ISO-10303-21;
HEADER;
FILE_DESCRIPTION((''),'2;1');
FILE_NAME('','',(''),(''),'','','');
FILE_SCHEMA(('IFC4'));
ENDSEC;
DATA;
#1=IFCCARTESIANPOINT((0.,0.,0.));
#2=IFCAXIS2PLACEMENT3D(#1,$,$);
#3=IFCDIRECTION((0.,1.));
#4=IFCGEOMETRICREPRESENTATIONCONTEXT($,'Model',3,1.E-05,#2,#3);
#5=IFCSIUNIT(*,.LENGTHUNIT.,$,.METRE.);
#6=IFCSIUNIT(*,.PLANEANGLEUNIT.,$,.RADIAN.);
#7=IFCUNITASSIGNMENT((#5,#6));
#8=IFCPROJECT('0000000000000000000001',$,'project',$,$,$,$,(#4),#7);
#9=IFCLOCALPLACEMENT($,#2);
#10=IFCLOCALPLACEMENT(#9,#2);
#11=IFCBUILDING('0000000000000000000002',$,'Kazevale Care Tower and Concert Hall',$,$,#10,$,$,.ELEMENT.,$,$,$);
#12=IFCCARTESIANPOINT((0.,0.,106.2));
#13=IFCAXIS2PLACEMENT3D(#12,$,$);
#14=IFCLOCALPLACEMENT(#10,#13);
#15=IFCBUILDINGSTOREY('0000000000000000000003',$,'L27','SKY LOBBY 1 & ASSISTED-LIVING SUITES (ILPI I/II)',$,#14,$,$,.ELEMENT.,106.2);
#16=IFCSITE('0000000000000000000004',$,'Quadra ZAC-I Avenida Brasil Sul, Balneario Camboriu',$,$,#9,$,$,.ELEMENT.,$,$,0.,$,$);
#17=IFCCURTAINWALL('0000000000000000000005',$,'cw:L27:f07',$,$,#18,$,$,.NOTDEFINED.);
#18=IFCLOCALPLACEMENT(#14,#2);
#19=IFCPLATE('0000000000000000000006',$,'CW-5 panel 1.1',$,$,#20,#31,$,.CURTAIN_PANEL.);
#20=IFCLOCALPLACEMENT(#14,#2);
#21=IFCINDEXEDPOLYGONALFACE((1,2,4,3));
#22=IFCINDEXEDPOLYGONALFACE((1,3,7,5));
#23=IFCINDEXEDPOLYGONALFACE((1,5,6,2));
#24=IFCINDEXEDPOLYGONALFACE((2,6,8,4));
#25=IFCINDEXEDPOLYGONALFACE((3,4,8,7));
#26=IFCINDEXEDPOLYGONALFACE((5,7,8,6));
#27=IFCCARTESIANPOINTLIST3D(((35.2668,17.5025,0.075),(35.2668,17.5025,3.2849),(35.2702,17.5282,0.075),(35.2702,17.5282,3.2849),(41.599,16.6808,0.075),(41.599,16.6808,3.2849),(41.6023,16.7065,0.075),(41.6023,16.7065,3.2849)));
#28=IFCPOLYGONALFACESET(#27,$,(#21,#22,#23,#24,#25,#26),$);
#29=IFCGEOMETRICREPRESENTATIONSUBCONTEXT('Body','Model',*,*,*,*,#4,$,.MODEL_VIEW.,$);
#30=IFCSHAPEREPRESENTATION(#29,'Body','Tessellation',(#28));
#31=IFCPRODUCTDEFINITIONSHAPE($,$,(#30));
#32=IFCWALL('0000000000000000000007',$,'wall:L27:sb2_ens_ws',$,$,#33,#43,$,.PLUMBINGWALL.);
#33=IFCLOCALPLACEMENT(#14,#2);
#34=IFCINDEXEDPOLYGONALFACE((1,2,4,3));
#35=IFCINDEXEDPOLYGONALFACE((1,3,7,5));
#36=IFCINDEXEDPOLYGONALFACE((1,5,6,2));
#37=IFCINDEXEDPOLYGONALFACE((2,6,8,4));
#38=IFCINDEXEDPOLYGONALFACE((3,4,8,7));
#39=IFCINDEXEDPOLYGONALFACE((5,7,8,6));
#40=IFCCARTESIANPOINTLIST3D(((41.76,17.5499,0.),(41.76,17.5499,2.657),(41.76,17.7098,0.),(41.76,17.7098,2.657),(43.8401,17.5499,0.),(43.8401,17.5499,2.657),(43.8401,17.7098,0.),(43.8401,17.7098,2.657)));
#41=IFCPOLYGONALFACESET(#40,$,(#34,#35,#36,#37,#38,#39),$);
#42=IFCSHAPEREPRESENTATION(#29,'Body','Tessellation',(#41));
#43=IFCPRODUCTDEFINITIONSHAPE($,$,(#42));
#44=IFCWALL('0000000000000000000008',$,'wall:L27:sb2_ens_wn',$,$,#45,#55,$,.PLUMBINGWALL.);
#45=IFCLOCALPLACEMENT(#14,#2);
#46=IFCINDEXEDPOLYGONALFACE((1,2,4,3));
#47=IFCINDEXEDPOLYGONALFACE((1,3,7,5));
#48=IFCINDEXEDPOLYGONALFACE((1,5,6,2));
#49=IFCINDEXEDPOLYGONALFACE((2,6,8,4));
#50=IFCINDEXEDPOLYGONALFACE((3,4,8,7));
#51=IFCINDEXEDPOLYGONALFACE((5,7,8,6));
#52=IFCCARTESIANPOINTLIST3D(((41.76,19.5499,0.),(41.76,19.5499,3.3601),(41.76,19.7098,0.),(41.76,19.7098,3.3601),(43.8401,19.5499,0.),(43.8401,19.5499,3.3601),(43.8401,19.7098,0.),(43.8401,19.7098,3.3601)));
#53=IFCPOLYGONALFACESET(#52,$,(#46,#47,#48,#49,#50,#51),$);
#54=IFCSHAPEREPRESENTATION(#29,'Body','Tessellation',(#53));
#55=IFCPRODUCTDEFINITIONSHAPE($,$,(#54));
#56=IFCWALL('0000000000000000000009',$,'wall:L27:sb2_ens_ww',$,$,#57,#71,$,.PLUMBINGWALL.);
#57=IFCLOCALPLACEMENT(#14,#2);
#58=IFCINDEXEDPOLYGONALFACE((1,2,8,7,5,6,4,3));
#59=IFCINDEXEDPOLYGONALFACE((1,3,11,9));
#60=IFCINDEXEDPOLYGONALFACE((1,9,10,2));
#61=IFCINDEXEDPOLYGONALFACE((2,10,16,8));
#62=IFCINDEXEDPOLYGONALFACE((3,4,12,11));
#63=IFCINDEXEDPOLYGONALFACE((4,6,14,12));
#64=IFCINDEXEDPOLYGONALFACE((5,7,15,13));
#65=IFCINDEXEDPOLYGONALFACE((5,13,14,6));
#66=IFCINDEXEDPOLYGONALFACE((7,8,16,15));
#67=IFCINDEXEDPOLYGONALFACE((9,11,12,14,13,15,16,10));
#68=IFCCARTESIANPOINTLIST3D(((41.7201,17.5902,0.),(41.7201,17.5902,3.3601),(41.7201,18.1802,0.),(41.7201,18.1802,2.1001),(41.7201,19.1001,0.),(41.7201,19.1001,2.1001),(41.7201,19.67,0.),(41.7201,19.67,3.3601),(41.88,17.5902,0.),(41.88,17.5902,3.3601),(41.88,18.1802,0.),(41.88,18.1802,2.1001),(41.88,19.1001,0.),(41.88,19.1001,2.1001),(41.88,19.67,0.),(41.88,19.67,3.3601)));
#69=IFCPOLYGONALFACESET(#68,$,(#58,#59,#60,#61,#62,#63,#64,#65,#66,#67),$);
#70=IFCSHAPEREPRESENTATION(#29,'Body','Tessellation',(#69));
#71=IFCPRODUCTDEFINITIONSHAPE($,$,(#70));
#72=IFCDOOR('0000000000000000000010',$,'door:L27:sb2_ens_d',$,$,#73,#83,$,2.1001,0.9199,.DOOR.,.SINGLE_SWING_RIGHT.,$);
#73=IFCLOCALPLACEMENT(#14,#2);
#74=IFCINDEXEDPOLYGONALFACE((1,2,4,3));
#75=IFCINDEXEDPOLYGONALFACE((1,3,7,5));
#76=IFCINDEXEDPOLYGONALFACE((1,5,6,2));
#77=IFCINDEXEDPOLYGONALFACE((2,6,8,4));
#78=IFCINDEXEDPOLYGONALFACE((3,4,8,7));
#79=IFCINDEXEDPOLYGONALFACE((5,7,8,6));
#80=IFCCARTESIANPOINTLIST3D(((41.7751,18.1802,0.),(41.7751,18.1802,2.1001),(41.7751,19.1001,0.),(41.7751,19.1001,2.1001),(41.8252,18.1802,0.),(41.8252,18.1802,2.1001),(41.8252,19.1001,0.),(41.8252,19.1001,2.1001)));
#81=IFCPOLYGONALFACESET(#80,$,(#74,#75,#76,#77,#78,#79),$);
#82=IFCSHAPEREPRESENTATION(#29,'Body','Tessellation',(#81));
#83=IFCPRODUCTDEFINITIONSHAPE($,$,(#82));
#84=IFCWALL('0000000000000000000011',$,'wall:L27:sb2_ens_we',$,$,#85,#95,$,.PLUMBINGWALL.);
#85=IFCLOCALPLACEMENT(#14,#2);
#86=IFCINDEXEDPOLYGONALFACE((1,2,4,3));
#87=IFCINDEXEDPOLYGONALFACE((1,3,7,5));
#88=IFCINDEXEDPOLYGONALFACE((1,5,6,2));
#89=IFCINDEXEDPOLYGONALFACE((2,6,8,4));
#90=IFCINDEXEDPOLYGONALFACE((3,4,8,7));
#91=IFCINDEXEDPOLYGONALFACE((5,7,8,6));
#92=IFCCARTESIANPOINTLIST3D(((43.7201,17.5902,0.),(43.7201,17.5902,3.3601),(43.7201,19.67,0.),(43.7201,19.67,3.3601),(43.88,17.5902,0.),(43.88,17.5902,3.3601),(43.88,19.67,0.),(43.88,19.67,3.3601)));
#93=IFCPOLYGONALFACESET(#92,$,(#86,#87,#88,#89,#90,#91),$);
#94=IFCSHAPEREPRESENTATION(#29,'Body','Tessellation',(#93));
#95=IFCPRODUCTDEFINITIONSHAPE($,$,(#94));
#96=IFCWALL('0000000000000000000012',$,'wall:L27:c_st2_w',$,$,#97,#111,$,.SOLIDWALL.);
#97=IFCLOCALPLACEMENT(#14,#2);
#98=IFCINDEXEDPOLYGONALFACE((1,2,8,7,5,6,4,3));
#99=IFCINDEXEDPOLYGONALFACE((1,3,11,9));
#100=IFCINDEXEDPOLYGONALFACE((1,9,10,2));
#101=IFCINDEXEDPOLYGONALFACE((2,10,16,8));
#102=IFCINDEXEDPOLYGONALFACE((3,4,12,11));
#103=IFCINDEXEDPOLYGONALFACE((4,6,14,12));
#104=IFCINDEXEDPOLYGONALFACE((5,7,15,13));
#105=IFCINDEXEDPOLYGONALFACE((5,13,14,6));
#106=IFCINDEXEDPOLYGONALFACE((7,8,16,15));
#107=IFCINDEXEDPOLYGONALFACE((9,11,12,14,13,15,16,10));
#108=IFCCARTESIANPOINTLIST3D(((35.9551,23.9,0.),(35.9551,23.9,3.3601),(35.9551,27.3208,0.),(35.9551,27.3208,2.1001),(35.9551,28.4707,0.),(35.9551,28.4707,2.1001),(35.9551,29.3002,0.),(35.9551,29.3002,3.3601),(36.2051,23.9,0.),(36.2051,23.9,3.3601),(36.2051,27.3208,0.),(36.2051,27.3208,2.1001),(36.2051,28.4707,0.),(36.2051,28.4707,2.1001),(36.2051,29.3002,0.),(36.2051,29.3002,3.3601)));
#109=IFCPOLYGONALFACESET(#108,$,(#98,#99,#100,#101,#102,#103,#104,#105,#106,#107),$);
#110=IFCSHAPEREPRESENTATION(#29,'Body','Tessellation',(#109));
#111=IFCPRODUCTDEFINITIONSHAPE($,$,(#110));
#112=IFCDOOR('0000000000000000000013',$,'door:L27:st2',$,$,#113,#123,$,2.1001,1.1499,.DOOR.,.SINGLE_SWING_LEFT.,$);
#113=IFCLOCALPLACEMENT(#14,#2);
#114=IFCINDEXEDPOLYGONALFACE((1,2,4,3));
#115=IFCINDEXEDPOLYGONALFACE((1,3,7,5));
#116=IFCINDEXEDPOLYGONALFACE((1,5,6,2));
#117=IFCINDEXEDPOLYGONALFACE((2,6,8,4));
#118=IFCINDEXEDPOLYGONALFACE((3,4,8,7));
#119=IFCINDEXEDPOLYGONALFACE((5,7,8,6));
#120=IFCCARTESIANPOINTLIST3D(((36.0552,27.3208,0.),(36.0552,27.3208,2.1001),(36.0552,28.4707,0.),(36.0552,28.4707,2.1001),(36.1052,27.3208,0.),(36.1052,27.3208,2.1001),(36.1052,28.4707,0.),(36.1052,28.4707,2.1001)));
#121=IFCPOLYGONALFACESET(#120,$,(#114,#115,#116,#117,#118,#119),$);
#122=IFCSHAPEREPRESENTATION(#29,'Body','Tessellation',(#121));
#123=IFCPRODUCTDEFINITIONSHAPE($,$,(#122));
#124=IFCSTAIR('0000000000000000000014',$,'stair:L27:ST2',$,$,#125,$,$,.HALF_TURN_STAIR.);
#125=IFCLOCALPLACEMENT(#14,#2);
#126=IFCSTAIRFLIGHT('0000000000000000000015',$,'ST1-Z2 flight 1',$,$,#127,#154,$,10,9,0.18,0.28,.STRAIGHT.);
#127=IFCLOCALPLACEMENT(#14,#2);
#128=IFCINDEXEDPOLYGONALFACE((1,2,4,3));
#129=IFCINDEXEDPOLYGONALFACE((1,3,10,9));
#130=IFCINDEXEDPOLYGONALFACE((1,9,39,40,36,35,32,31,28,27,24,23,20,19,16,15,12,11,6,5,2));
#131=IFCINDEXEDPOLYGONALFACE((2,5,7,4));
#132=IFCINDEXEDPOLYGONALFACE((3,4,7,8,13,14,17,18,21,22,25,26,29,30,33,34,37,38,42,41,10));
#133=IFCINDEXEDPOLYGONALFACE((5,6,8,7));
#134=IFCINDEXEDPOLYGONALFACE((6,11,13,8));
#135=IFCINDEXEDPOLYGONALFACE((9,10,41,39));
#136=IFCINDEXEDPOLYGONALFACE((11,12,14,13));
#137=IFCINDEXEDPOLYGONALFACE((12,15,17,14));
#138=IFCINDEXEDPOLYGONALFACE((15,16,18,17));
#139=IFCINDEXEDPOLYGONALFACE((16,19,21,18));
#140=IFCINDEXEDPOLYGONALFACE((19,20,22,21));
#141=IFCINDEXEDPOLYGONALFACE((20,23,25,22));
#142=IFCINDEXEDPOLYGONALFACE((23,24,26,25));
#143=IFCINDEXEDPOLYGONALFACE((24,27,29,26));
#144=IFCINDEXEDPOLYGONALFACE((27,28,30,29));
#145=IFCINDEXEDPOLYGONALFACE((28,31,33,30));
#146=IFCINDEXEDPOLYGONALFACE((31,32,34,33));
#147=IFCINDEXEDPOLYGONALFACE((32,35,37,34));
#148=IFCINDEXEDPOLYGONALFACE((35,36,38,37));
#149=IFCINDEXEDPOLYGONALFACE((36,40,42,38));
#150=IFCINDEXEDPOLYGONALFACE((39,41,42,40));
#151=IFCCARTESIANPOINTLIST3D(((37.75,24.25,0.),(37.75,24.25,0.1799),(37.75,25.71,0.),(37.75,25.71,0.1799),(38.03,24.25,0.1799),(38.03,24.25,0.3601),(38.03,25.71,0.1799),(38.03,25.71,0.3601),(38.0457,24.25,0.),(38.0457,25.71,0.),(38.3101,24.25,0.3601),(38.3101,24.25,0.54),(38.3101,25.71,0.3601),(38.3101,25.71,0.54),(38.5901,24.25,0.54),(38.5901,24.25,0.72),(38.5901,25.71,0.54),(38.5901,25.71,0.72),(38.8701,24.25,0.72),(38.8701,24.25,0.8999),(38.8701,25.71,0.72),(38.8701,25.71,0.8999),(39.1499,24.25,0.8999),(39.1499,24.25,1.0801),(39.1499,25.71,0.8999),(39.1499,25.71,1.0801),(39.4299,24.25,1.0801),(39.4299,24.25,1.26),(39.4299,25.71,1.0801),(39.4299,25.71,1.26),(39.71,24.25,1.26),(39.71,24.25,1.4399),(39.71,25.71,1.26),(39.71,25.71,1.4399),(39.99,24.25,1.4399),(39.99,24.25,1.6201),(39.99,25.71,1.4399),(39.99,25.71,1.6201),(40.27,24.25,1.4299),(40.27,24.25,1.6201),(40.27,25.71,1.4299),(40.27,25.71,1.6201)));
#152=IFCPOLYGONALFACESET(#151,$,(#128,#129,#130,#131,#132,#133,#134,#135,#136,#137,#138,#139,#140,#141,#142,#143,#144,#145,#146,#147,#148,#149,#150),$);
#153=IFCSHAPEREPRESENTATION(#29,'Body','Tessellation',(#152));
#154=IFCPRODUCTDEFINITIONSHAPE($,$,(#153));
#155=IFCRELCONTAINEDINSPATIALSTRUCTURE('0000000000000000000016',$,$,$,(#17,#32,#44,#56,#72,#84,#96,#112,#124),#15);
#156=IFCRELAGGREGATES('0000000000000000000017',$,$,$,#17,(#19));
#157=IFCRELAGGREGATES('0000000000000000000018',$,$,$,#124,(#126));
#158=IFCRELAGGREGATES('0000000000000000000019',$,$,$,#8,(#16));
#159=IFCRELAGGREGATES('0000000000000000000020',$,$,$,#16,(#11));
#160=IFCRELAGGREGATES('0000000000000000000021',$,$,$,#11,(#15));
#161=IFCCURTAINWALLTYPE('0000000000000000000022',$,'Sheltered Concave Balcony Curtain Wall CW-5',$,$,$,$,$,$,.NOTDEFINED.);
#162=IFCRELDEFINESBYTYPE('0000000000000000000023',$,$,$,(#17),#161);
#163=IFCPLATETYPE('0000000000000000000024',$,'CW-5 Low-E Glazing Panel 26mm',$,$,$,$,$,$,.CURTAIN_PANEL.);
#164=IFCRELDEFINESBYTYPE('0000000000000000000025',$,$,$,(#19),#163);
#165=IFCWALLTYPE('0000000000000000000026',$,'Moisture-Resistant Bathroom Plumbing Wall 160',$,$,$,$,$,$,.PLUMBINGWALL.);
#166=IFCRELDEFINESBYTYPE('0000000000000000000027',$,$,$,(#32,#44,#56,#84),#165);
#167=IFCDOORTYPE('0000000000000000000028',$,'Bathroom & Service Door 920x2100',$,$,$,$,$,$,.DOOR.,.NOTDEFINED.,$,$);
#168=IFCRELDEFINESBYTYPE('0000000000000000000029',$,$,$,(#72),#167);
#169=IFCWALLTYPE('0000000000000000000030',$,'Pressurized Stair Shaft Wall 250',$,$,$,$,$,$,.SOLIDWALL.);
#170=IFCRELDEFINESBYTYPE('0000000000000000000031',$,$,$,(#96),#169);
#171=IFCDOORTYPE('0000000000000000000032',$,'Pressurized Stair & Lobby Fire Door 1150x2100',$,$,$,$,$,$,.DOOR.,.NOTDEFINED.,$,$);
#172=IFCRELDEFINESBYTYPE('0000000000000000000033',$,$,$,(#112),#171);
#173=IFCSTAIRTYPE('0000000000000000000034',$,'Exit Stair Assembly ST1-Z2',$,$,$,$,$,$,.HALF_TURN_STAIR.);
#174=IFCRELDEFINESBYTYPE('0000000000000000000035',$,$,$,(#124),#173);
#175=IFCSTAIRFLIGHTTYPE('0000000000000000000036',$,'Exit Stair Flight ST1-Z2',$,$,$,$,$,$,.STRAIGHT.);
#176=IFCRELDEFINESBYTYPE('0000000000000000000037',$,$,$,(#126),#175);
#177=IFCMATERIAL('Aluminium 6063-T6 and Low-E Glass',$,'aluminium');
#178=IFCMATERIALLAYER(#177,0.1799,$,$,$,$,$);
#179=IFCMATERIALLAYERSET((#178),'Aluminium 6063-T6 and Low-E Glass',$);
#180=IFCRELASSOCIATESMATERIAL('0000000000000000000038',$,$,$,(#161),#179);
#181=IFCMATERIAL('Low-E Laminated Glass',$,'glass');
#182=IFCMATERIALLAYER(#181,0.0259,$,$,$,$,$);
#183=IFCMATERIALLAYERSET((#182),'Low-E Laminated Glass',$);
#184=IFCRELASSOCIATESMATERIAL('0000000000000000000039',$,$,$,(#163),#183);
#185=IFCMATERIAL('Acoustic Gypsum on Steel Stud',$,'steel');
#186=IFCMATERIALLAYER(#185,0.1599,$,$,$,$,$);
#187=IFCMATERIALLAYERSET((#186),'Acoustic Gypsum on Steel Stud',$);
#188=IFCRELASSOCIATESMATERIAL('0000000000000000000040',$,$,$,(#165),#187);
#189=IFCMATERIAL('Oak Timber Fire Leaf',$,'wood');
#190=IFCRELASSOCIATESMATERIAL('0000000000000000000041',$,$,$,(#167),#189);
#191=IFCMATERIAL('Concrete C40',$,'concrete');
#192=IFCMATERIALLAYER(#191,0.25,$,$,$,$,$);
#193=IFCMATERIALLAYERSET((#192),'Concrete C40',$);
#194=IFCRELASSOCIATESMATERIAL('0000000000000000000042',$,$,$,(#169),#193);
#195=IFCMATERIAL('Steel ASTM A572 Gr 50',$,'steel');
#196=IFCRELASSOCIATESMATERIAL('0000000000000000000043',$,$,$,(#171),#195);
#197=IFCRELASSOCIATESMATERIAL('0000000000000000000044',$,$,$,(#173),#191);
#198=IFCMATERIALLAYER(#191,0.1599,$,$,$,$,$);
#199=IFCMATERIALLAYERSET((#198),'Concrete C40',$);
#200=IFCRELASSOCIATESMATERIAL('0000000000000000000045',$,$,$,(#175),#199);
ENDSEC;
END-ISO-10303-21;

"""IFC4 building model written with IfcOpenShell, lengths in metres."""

from ifc_helpers import new_model, si_unit, direction, frame, frame_2d, origin, origin_2d, place, context, subcontext, project, spatial, polyline, rectangle, outline, extrude, material, layer, layer_set, type_object, element, fill, aggregate, save


model = new_model("IFC4")

# Units and contexts
model_context = context("Model", 3, precision=1e-05, world=origin(), true_north=direction((0.0, 1.0)))
body_context = subcontext(model_context, "Body", "Model", "MODEL_VIEW")
ifc_project = project(units=[si_unit("LENGTHUNIT", "METRE"), si_unit("PLANEANGLEUNIT", "RADIAN")], contexts=[model_context])

# Site, building, storey
site_placement = place(None, origin())
site = spatial("IfcSite", under=ifc_project, at=site_placement, Name="Quadra ZAC-I Avenida Brasil Sul, Balneario Camboriu", CompositionType="ELEMENT", RefElevation=0.0)
building_placement = place(site_placement, origin())
building = spatial("IfcBuilding", under=site, at=building_placement, Name="Kazevale Care Tower and Concert Hall", CompositionType="ELEMENT")
storey_placement = place(building_placement, frame((0.0, 0.0, 106.2)))
storey = spatial("IfcBuildingStorey", under=building, at=storey_placement, Name="L27", Description="SKY LOBBY 1 & ASSISTED-LIVING SUITES (ILPI I/II)", CompositionType="ELEMENT", Elevation=106.2)

# Shared definitions
ifc_material_1 = material(Name="Aluminium 6063-T6 and Low-E Glass", Category="aluminium")
ifc_layer_1 = layer(ifc_material_1, 0.1799)
ifc_layer_set_1 = layer_set([ifc_layer_1], Name="Aluminium 6063-T6 and Low-E Glass")
curtain_wall_type = type_object("IfcCurtainWallType", Name="Sheltered Concave Balcony Curtain Wall CW-5", PredefinedType="NOTDEFINED", material=ifc_layer_set_1)

# Curtain wall
curtain_wall_1_placement = place(storey_placement, origin())
curtain_wall_1 = element("IfcCurtainWall", 1, at=curtain_wall_1_placement, inside=storey, type_object=curtain_wall_type, Name="cw:L27:f07", PredefinedType="NOTDEFINED")

# Shared definitions
ifc_material_2 = material(Name="Steel ASTM A572 Gr 50", Category="steel")

# Plate
ifc_material_3 = material(Name="Low-E Laminated Glass", Category="glass")
ifc_layer_2 = layer(ifc_material_3, 0.0259)
ifc_layer_set_2 = layer_set([ifc_layer_2], Name="Low-E Laminated Glass")
plate_type = type_object("IfcPlateType", Name="CW-5 Low-E Glazing Panel 26mm", PredefinedType="CURTAIN_PANEL", material=ifc_layer_set_2)
plate_1_placement = place(storey_placement, frame((38.4346, 17.1045, 0.075), z_axis=(0.0, 0.0, 1.0), x_axis=(-0.991686, 0.128685, 0.0)))
plate_1 = element("IfcPlate", 2, at=plate_1_placement, type_object=plate_type, Name="CW-5 panel 1.1", PredefinedType="CURTAIN_PANEL", context=body_context, shape_type="SweptSolid", body=[
    extrude(rectangle(XDim=6.3853, YDim=0.0259, at=origin_2d()), origin(), (0.0, 0.0, 1.0), 3.21),
])
aggregate(curtain_wall_1, [plate_1])

# Shared definitions
ifc_material_4 = material(Name="Oak Timber Fire Leaf", Category="wood")

# Walls
ifc_material_5 = material(Name="Acoustic Gypsum on Steel Stud", Category="steel")
ifc_layer_3 = layer(ifc_material_5, 0.1599)
ifc_layer_set_3 = layer_set([ifc_layer_3], Name="Acoustic Gypsum on Steel Stud")
wall_type_1 = type_object("IfcWallType", Name="Moisture-Resistant Bathroom Plumbing Wall 160", PredefinedType="PLUMBINGWALL", material=ifc_layer_set_3)
wall_1_placement = place(storey_placement, frame((41.76, 17.6299, 0.0), z_axis=(0.0, 0.0, 1.0), x_axis=(1.0, 0.0, 0.0)))
element("IfcWall", 3, at=wall_1_placement, inside=storey, type_object=wall_type_1, Name="wall:L27:sb2_ens_ws", PredefinedType="PLUMBINGWALL", context=body_context, shape_type="SweptSolid", body=[
    extrude(rectangle(XDim=2.0801, YDim=0.1599, at=frame_2d((1.04, 0.0))), origin(), (0.0, 0.0, 1.0), 2.657),
])
wall_2_placement = place(storey_placement, frame((41.76, 19.6299, 0.0), z_axis=(0.0, 0.0, 1.0), x_axis=(1.0, 0.0, 0.0)))
element("IfcWall", 4, at=wall_2_placement, inside=storey, type_object=wall_type_1, Name="wall:L27:sb2_ens_wn", PredefinedType="PLUMBINGWALL", context=body_context, shape_type="SweptSolid", body=[
    extrude(rectangle(XDim=2.0801, YDim=0.1599, at=frame_2d((1.04, 0.0))), origin(), (0.0, 0.0, 1.0), 3.3601),
])

# Wall, opening, door
wall_3_placement = place(storey_placement, frame((41.8, 17.5901, 0.0), z_axis=(0.0, 0.0, 1.0), x_axis=(0.0, 1.0, 0.0)))
wall_3 = element("IfcWall", 5, at=wall_3_placement, inside=storey, type_object=wall_type_1, Name="wall:L27:sb2_ens_ww", PredefinedType="PLUMBINGWALL", context=body_context, shape_type="SweptSolid", body=[
    extrude(rectangle(XDim=2.0798, YDim=0.1599, at=frame_2d((1.04, 0.0))), origin(), (0.0, 0.0, 1.0), 3.3601),
])
opening_1_placement = place(wall_3_placement, frame((0.5901, 0.0, 0.0)))
opening_1 = element("IfcOpeningElement", 6, at=opening_1_placement, cuts=wall_3, PredefinedType="OPENING", context=body_context, shape_type="SweptSolid", body=[
    extrude(rectangle(XDim=0.9199, YDim=2.1001, at=frame_2d((0.46, 1.05))), frame((0.0, 0.0898, 0.0), z_axis=(0.0, -1.0, 0.0), x_axis=(1.0, 0.0, 0.0)), (0.0, 0.0, 1.0), 0.1799),
])
door_type_1 = type_object("IfcDoorType", Name="Bathroom & Service Door 920x2100", OperationType="NOTDEFINED", PredefinedType="DOOR", material=ifc_material_4)
door_1_placement = place(opening_1_placement, origin())
door_1 = element("IfcDoor", 7, at=door_1_placement, inside=storey, type_object=door_type_1, Name="door:L27:sb2_ens_d", OperationType="SINGLE_SWING_RIGHT", OverallHeight=2.1001, OverallWidth=0.9199, PredefinedType="DOOR", context=body_context, shape_type="SweptSolid", body=[
    extrude(rectangle(XDim=0.9199, YDim=2.1001, at=frame_2d((0.46, 1.05))), frame((0.0, 0.0249, 0.0), z_axis=(0.0, -1.0, 0.0), x_axis=(1.0, 0.0, 0.0)), (0.0, 0.0, 1.0), 0.05),
])
fill(opening_1, door_1)

# Wall
wall_4_placement = place(storey_placement, frame((43.8, 17.5901, 0.0), z_axis=(0.0, 0.0, 1.0), x_axis=(0.0, 1.0, 0.0)))
element("IfcWall", 8, at=wall_4_placement, inside=storey, type_object=wall_type_1, Name="wall:L27:sb2_ens_we", PredefinedType="PLUMBINGWALL", context=body_context, shape_type="SweptSolid", body=[
    extrude(rectangle(XDim=2.0798, YDim=0.1599, at=frame_2d((1.04, 0.0))), origin(), (0.0, 0.0, 1.0), 3.3601),
])

# Wall, opening, door
ifc_material_6 = material(Name="Concrete C40", Category="concrete")
ifc_layer_4 = layer(ifc_material_6, 0.25)
ifc_layer_set_4 = layer_set([ifc_layer_4], Name="Concrete C40")
wall_type_2 = type_object("IfcWallType", Name="Pressurized Stair Shaft Wall 250", PredefinedType="SOLIDWALL", material=ifc_layer_set_4)
wall_5_placement = place(storey_placement, frame((36.0801, 23.8999, 0.0), z_axis=(0.0, 0.0, 1.0), x_axis=(0.0, 1.0, 0.0)))
wall_5 = element("IfcWall", 9, at=wall_5_placement, inside=storey, type_object=wall_type_2, Name="wall:L27:c_st2_w", PredefinedType="SOLIDWALL", context=body_context, shape_type="SweptSolid", body=[
    extrude(rectangle(XDim=5.4001, YDim=0.25, at=frame_2d((2.7002, 0.0))), origin(), (0.0, 0.0, 1.0), 3.3601),
])
opening_2_placement = place(wall_5_placement, frame((3.4209, 0.0, 0.0)))
opening_2 = element("IfcOpeningElement", 10, at=opening_2_placement, cuts=wall_5, PredefinedType="OPENING", context=body_context, shape_type="SweptSolid", body=[
    extrude(rectangle(XDim=1.1499, YDim=2.1001, at=frame_2d((0.575, 1.05))), frame((0.0, 0.135, 0.0), z_axis=(0.0, -1.0, 0.0), x_axis=(1.0, 0.0, 0.0)), (0.0, 0.0, 1.0), 0.27),
])
door_type_2 = type_object("IfcDoorType", Name="Pressurized Stair & Lobby Fire Door 1150x2100", OperationType="NOTDEFINED", PredefinedType="DOOR", material=ifc_material_2)
door_2_placement = place(opening_2_placement, origin())
door_2 = element("IfcDoor", 11, at=door_2_placement, inside=storey, type_object=door_type_2, Name="door:L27:st2", OperationType="SINGLE_SWING_LEFT", OverallHeight=2.1001, OverallWidth=1.1499, PredefinedType="DOOR", context=body_context, shape_type="SweptSolid", body=[
    extrude(rectangle(XDim=1.1499, YDim=2.1001, at=frame_2d((0.575, 1.05))), frame((0.0, 0.0249, 0.0), z_axis=(0.0, -1.0, 0.0), x_axis=(1.0, 0.0, 0.0)), (0.0, 0.0, 1.0), 0.05),
])
fill(opening_2, door_2)

# Stair, stair flight
stair_type = type_object("IfcStairType", Name="Exit Stair Assembly ST1-Z2", PredefinedType="HALF_TURN_STAIR", material=ifc_material_6)
stair_placement = place(storey_placement, origin())
stair = element("IfcStair", 12, at=stair_placement, inside=storey, type_object=stair_type, Name="stair:L27:ST2", PredefinedType="HALF_TURN_STAIR")
ifc_layer_5 = layer(ifc_material_6, 0.1599)
ifc_layer_set_5 = layer_set([ifc_layer_5], Name="Concrete C40")
stair_flight_type = type_object("IfcStairFlightType", Name="Exit Stair Flight ST1-Z2", PredefinedType="STRAIGHT", material=ifc_layer_set_5)
stair_flight_1_placement = place(storey_placement, frame((37.75, 24.98, 0.0), z_axis=(0.0, 0.0, 1.0), x_axis=(1.0, 0.0, 0.0)))
stair_flight_1 = element("IfcStairFlight", 13, at=stair_flight_1_placement, type_object=stair_flight_type, Name="ST1-Z2 flight 1", NumberOfRisers=10, NumberOfTreads=9, PredefinedType="STRAIGHT", RiserHeight=0.18, TreadLength=0.28, context=body_context, shape_type="SweptSolid", body=[
    extrude(outline(polyline([(0.0, 0.0), (0.0, 0.1799), (0.28, 0.1799), (0.28, 0.3601), (0.5601, 0.3601), (0.5601, 0.54), (0.8401, 0.54), (0.8401, 0.72), (1.1201, 0.72), (1.1201, 0.8999), (1.3999, 0.8999), (1.3999, 1.0801), (1.6799, 1.0801), (1.6799, 1.26), (1.96, 1.26), (1.96, 1.4399), (2.24, 1.4399), (2.24, 1.6201), (2.52, 1.6201), (2.52, 1.8), (2.52, 1.4299), (0.2957, 0.0), (0.0, 0.0)])), frame((0.0, 0.73, 0.0), z_axis=(0.0, -1.0, 0.0), x_axis=(1.0, 0.0, 0.0)), (0.0, 0.0, 1.0), 1.46),
])
aggregate(stair, [stair_flight_1])

save(model, "model.ifc")
